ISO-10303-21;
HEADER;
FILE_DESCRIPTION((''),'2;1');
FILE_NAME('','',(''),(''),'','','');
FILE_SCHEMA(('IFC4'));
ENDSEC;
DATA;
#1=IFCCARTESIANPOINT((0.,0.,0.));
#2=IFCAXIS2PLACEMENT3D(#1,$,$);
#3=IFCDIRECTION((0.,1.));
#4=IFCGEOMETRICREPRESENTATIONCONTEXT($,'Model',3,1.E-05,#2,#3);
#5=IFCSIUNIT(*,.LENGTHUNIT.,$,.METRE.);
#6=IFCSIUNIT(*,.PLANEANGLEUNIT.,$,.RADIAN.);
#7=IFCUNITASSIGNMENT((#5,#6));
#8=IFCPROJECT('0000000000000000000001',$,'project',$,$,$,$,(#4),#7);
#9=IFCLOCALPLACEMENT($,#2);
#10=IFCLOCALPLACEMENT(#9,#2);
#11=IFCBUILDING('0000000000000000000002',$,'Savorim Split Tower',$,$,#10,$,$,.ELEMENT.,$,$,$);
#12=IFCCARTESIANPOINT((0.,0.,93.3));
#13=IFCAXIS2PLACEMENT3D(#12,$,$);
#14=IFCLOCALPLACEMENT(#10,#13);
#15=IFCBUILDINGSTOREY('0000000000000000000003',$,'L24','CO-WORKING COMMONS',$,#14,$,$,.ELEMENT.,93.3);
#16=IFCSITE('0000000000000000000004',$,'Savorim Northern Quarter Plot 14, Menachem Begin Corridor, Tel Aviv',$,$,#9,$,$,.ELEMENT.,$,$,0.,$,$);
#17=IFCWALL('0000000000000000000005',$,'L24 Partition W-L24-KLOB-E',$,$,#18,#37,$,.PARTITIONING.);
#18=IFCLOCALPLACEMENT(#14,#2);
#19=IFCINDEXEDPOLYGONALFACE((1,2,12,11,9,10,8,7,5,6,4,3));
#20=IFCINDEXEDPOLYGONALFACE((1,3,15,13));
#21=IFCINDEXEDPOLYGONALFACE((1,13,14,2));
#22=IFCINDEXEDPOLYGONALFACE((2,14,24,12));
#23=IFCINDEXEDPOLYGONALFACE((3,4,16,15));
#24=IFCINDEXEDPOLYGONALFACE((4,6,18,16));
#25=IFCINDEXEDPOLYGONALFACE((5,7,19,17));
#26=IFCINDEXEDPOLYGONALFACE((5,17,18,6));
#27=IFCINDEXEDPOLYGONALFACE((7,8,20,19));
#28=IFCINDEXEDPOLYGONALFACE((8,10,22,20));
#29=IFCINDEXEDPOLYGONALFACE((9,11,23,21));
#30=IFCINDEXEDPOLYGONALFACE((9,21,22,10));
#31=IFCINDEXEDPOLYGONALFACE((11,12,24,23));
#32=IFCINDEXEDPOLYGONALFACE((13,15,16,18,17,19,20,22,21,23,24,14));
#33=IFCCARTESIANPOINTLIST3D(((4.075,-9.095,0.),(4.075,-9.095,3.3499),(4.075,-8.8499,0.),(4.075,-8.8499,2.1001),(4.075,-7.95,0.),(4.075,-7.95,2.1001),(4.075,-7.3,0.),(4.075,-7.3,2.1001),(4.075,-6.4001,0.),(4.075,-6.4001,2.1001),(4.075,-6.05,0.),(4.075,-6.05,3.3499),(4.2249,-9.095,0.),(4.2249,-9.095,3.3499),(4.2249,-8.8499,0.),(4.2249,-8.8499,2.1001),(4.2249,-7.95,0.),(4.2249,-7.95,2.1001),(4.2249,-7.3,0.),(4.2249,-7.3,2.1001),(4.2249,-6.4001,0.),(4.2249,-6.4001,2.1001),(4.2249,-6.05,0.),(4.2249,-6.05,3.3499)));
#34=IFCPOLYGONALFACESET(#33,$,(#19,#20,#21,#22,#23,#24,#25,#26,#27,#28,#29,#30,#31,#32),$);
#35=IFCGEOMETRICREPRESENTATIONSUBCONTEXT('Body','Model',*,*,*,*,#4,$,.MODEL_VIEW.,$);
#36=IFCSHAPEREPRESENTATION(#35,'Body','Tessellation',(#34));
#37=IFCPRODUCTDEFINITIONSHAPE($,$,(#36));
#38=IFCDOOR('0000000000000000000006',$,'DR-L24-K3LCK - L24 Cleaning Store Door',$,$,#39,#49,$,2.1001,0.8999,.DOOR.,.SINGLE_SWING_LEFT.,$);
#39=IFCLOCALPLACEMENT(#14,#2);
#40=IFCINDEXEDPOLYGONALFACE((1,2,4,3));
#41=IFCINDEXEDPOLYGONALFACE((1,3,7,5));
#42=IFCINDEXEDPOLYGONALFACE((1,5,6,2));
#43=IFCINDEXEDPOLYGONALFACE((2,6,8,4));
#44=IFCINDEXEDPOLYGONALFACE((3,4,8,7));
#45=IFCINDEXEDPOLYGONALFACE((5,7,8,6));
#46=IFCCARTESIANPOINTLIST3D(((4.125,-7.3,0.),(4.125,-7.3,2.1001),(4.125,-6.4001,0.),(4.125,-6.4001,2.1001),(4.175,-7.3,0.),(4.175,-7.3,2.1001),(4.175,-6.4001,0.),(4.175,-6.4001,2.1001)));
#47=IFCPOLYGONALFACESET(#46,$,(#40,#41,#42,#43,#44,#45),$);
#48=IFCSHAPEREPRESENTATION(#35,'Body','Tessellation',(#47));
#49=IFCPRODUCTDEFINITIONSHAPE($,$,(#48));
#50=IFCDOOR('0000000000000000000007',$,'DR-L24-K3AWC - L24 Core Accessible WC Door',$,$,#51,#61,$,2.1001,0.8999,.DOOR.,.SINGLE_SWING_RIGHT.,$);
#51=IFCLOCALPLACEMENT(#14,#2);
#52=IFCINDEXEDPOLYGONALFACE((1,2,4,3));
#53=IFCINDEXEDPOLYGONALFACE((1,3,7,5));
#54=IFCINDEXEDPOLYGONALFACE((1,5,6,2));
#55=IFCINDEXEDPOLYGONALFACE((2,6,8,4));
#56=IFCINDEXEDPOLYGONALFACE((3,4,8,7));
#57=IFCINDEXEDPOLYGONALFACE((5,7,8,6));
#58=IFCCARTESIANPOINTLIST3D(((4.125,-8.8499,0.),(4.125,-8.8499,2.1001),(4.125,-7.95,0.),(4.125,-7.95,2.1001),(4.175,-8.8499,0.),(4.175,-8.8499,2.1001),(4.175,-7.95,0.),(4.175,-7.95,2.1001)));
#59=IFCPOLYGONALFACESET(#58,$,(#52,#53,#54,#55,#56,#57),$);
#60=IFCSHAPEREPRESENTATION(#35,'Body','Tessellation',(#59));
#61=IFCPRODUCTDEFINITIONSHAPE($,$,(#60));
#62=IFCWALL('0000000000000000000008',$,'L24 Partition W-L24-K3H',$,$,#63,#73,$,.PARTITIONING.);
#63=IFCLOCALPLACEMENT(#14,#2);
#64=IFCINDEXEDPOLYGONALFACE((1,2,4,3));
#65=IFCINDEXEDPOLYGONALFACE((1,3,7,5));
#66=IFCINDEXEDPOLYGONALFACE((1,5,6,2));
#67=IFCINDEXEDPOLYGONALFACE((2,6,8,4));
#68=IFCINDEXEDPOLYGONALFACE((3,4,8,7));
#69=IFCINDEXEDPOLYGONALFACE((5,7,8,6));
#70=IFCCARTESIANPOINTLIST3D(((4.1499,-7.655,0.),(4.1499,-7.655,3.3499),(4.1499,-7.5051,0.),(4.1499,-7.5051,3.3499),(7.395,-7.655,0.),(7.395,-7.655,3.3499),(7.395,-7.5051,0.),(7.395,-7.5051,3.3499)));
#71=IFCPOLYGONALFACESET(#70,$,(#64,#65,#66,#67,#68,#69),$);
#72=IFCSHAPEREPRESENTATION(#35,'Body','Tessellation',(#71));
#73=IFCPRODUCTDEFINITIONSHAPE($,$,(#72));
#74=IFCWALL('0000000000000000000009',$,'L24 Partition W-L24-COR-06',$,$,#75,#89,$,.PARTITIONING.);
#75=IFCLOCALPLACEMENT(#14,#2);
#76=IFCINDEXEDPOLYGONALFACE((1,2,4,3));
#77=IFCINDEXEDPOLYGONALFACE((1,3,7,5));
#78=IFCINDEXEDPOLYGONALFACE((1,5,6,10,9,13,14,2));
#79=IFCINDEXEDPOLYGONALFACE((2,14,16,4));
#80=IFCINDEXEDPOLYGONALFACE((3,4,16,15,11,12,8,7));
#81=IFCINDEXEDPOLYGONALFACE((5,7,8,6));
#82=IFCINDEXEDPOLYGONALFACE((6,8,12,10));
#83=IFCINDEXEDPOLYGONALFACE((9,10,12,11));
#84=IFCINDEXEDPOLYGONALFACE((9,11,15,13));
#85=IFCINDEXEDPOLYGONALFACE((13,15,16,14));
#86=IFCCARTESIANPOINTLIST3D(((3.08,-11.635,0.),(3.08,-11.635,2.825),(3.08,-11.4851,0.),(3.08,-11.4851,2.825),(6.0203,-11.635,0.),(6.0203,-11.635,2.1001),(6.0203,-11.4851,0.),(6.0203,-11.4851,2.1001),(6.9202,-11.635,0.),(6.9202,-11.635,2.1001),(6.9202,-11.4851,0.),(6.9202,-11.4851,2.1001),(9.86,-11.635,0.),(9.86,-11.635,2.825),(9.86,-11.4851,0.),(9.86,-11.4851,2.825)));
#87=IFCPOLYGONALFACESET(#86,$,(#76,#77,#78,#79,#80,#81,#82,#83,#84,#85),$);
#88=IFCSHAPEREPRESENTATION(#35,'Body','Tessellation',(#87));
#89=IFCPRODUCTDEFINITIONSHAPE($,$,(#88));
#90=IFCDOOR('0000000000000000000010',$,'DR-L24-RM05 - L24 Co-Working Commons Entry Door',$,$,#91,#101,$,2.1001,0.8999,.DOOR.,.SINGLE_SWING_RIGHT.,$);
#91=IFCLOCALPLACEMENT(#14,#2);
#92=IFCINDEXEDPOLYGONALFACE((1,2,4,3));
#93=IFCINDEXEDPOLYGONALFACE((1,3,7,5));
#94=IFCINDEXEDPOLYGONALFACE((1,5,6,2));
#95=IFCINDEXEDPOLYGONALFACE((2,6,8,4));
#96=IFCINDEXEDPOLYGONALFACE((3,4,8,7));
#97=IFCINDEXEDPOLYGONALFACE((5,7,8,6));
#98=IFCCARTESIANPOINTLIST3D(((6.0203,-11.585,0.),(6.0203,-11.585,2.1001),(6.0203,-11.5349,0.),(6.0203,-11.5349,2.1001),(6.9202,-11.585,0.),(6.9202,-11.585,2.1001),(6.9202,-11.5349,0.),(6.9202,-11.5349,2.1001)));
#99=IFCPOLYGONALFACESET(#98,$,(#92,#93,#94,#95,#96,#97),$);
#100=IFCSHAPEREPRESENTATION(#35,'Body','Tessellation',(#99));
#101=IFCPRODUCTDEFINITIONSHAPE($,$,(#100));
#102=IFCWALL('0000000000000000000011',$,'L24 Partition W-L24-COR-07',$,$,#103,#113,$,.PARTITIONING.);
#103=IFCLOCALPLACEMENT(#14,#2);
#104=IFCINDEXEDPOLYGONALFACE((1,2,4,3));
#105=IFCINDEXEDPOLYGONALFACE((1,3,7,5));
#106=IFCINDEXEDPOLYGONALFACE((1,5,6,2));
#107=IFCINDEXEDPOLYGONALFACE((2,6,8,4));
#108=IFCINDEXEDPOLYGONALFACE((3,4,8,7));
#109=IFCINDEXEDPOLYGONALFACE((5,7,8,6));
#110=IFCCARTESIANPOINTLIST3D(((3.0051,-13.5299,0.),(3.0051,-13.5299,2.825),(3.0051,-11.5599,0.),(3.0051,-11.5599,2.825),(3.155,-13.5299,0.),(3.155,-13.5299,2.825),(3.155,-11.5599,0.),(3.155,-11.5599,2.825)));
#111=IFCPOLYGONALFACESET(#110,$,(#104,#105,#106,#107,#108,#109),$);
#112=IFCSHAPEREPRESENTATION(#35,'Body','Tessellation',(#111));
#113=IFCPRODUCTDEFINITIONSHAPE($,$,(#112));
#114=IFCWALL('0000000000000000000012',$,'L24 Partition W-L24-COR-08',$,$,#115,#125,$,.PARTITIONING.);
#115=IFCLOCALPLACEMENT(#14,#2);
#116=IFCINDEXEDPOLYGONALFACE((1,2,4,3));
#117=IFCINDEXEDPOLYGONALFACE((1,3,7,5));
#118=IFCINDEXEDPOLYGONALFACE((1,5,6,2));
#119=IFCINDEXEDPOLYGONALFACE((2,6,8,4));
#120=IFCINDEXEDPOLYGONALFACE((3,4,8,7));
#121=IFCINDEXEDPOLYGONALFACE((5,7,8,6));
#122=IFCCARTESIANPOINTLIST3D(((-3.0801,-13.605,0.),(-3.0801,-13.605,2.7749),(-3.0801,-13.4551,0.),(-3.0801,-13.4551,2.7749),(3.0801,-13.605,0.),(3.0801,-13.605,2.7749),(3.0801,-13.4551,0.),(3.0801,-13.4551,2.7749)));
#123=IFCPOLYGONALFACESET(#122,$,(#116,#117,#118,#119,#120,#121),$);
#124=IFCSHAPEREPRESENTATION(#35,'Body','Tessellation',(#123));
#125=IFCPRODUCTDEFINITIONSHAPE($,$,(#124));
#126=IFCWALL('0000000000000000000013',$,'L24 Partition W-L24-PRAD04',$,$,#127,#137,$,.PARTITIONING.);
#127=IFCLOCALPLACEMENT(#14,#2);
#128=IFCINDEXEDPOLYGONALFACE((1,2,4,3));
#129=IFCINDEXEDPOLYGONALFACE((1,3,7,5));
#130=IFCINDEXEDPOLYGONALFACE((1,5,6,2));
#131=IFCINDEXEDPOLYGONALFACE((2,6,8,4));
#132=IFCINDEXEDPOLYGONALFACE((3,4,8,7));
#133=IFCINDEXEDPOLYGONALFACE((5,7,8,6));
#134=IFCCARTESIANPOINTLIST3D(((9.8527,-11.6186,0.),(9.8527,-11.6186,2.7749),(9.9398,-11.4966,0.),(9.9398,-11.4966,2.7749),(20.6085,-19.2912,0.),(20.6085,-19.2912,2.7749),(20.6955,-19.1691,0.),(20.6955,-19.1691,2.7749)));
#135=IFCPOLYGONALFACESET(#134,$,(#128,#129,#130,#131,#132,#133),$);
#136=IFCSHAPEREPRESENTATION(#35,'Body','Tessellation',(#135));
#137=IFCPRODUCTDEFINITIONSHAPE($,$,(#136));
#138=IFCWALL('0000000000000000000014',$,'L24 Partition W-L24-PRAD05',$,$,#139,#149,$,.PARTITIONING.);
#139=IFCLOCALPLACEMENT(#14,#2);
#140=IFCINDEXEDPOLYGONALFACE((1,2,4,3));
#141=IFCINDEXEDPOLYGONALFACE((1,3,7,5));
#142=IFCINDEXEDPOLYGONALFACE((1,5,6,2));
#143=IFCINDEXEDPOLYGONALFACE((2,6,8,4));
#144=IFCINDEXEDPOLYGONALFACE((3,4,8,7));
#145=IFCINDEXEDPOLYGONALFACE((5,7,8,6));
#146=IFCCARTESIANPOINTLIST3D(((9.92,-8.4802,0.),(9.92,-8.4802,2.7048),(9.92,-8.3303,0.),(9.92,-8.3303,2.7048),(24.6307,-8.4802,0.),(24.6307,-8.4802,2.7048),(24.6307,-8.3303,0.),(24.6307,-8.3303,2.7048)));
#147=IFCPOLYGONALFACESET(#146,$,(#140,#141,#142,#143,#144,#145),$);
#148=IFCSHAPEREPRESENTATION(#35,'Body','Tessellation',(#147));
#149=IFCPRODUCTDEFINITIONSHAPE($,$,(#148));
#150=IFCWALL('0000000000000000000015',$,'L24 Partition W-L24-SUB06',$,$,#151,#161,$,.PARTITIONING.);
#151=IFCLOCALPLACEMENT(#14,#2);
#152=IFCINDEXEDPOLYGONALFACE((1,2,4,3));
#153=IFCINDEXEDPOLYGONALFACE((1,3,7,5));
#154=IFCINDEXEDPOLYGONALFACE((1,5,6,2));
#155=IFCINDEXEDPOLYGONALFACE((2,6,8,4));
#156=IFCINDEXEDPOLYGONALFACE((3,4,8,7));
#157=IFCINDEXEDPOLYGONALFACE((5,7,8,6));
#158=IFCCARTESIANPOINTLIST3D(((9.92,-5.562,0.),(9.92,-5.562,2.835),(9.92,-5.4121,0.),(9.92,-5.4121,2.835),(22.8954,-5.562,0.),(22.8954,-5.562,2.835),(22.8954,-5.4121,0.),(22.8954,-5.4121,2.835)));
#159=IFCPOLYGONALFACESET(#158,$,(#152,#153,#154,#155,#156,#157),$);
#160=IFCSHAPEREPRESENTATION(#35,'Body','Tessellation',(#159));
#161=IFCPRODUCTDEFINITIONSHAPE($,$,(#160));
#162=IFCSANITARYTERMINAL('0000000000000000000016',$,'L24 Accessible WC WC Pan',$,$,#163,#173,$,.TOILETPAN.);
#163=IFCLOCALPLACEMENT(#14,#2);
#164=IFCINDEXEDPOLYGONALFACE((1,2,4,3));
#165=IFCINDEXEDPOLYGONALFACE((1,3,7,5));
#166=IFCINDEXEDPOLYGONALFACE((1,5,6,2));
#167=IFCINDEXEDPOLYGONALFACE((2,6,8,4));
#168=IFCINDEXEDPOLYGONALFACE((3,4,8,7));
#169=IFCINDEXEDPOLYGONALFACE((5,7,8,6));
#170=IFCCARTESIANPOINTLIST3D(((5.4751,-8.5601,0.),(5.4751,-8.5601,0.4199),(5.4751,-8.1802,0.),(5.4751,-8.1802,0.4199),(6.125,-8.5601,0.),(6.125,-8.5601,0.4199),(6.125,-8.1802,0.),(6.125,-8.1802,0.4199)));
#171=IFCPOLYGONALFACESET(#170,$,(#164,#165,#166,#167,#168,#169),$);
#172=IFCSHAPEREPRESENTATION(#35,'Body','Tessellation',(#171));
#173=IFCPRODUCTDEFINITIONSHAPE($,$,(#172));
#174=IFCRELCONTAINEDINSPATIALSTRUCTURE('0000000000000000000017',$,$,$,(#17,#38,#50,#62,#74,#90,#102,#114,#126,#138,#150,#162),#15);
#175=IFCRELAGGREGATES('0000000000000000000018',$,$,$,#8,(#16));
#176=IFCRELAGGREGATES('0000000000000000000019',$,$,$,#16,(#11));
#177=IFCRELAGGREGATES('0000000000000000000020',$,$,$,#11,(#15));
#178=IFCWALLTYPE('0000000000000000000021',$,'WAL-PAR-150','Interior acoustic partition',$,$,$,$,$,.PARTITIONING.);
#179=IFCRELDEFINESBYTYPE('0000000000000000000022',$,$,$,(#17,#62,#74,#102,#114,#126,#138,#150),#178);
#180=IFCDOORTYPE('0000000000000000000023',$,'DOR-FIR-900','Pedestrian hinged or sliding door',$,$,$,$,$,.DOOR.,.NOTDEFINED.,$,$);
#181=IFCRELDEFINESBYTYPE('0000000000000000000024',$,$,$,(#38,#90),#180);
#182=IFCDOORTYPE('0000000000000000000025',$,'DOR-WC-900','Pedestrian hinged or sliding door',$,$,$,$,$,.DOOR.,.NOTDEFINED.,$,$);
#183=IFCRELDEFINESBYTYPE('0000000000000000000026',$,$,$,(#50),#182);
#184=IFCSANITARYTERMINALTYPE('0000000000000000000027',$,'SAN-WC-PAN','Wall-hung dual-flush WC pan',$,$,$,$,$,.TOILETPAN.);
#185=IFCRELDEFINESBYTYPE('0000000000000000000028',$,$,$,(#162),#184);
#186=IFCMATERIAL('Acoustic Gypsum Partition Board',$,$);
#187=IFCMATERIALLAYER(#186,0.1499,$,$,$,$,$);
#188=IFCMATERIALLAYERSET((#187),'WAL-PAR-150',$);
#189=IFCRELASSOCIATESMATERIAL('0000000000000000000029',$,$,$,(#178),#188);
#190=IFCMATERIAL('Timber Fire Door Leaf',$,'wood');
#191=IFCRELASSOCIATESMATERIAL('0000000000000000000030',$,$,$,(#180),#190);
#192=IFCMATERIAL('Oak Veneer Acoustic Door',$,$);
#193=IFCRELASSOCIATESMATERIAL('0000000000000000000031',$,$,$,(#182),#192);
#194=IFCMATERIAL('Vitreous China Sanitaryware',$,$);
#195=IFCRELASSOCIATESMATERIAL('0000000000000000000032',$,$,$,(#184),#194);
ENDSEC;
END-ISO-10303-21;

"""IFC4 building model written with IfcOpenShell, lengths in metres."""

from ifc_helpers import new_model, si_unit, direction, frame, frame_2d, origin, origin_2d, place, context, subcontext, project, spatial, rectangle, extrude, material, layer, layer_set, type_object, element, fill, save


model = new_model("IFC4")

# Units and contexts
model_context = context("Model", 3, precision=1e-05, world=origin(), true_north=direction((0.0, 1.0)))
body_context = subcontext(model_context, "Body", "Model", "MODEL_VIEW")
ifc_project = project(units=[si_unit("LENGTHUNIT", "METRE"), si_unit("PLANEANGLEUNIT", "RADIAN")], contexts=[model_context])

# Site, building, storey
site_placement = place(None, origin())
site = spatial("IfcSite", under=ifc_project, at=site_placement, Name="Savorim Northern Quarter Plot 14, Menachem Begin Corridor, Tel Aviv", CompositionType="ELEMENT", RefElevation=0.0)
building_placement = place(site_placement, origin())
building = spatial("IfcBuilding", under=site, at=building_placement, Name="Savorim Split Tower", CompositionType="ELEMENT")
storey_placement = place(building_placement, frame((0.0, 0.0, 93.3)))
storey = spatial("IfcBuildingStorey", under=building, at=storey_placement, Name="L24", Description="CO-WORKING COMMONS", CompositionType="ELEMENT", Elevation=93.3)

# Shared definitions
ifc_material_1 = material(Name="Acoustic Gypsum Partition Board")
ifc_layer_1 = layer(ifc_material_1, 0.1499)
ifc_layer_set_1 = layer_set([ifc_layer_1], Name="WAL-PAR-150")
wall_type_1 = type_object("IfcWallType", Name="WAL-PAR-150", Description="Interior acoustic partition", PredefinedType="PARTITIONING", material=ifc_layer_set_1)

# Wall, openings, doors
wall_1_placement = place(storey_placement, frame((4.1499, -9.095, 0.0), z_axis=(0.0, 0.0, 1.0), x_axis=(0.0, 1.0, 0.0)))
wall_1 = element("IfcWall", 1, at=wall_1_placement, inside=storey, type_object=wall_type_1, Name="L24 Partition W-L24-KLOB-E", PredefinedType="PARTITIONING", context=body_context, shape_type="SweptSolid", body=[
    extrude(rectangle(XDim=3.0449, YDim=0.1499, at=frame_2d((1.5225, 0.0))), origin(), (0.0, 0.0, 1.0), 3.3499),
])
opening_1_placement = place(wall_1_placement, frame((0.2451, 0.0, 0.0)))
opening_1 = element("IfcOpeningElement", 2, at=opening_1_placement, cuts=wall_1, PredefinedType="OPENING", context=body_context, shape_type="SweptSolid", body=[
    extrude(rectangle(XDim=0.8999, YDim=2.1001, at=frame_2d((0.45, 1.05))), frame((0.0, 0.085, 0.0), z_axis=(0.0, -1.0, 0.0), x_axis=(1.0, 0.0, 0.0)), (0.0, 0.0, 1.0), 0.1699),
])
opening_2_placement = place(wall_1_placement, frame((1.7949, 0.0, 0.0)))
opening_2 = element("IfcOpeningElement", 3, at=opening_2_placement, cuts=wall_1, PredefinedType="OPENING", context=body_context, shape_type="SweptSolid", body=[
    extrude(rectangle(XDim=0.8999, YDim=2.1001, at=frame_2d((0.45, 1.05))), frame((0.0, 0.085, 0.0), z_axis=(0.0, -1.0, 0.0), x_axis=(1.0, 0.0, 0.0)), (0.0, 0.0, 1.0), 0.1699),
])
ifc_material_2 = material(Name="Timber Fire Door Leaf", Category="wood")
door_type_1 = type_object("IfcDoorType", Name="DOR-FIR-900", Description="Pedestrian hinged or sliding door", OperationType="NOTDEFINED", PredefinedType="DOOR", material=ifc_material_2)
door_1_placement = place(opening_2_placement, origin())
door_1 = element("IfcDoor", 4, at=door_1_placement, inside=storey, type_object=door_type_1, Name="DR-L24-K3LCK - L24 Cleaning Store Door", OperationType="SINGLE_SWING_LEFT", OverallHeight=2.1001, OverallWidth=0.8999, PredefinedType="DOOR", context=body_context, shape_type="SweptSolid", body=[
    extrude(rectangle(XDim=0.8999, YDim=2.1001, at=frame_2d((0.45, 1.05))), frame((0.0, 0.0249, 0.0), z_axis=(0.0, -1.0, 0.0), x_axis=(1.0, 0.0, 0.0)), (0.0, 0.0, 1.0), 0.05),
])
fill(opening_2, door_1)
ifc_material_3 = material(Name="Oak Veneer Acoustic Door")
door_type_2 = type_object("IfcDoorType", Name="DOR-WC-900", Description="Pedestrian hinged or sliding door", OperationType="NOTDEFINED", PredefinedType="DOOR", material=ifc_material_3)
door_2_placement = place(opening_1_placement, origin())
door_2 = element("IfcDoor", 5, at=door_2_placement, inside=storey, type_object=door_type_2, Name="DR-L24-K3AWC - L24 Core Accessible WC Door", OperationType="SINGLE_SWING_RIGHT", OverallHeight=2.1001, OverallWidth=0.8999, PredefinedType="DOOR", context=body_context, shape_type="SweptSolid", body=[
    extrude(rectangle(XDim=0.8999, YDim=2.1001, at=frame_2d((0.45, 1.05))), frame((0.0, 0.0249, 0.0), z_axis=(0.0, -1.0, 0.0), x_axis=(1.0, 0.0, 0.0)), (0.0, 0.0, 1.0), 0.05),
])
fill(opening_1, door_2)

# Wall
wall_2_placement = place(storey_placement, frame((4.1499, -7.5801, 0.0), z_axis=(0.0, 0.0, 1.0), x_axis=(1.0, 0.0, 0.0)))
element("IfcWall", 6, at=wall_2_placement, inside=storey, type_object=wall_type_1, Name="L24 Partition W-L24-K3H", PredefinedType="PARTITIONING", context=body_context, shape_type="SweptSolid", body=[
    extrude(rectangle(XDim=3.2451, YDim=0.1499, at=frame_2d((1.6226, 0.0))), origin(), (0.0, 0.0, 1.0), 3.3499),
])

# Wall, opening, door
wall_3_placement = place(storey_placement, frame((9.8601, -11.5601, 0.0), z_axis=(0.0, 0.0, 1.0), x_axis=(-1.0, 0.0, 0.0)))
wall_3 = element("IfcWall", 7, at=wall_3_placement, inside=storey, type_object=wall_type_1, Name="L24 Partition W-L24-COR-06", PredefinedType="PARTITIONING", context=body_context, shape_type="SweptSolid", body=[
    extrude(rectangle(XDim=6.78, YDim=0.1499, at=frame_2d((3.3901, 0.0))), origin(), (0.0, 0.0, 1.0), 2.825),
])
opening_3_placement = place(wall_3_placement, frame((2.9399, 0.0, 0.0)))
opening_3 = element("IfcOpeningElement", 8, at=opening_3_placement, cuts=wall_3, PredefinedType="OPENING", context=body_context, shape_type="SweptSolid", body=[
    extrude(rectangle(XDim=0.8999, YDim=2.1001, at=frame_2d((0.45, 1.05))), frame((0.0, 0.085, 0.0), z_axis=(0.0, -1.0, 0.0), x_axis=(1.0, 0.0, 0.0)), (0.0, 0.0, 1.0), 0.1699),
])
door_3_placement = place(opening_3_placement, origin())
door_3 = element("IfcDoor", 9, at=door_3_placement, inside=storey, type_object=door_type_1, Name="DR-L24-RM05 - L24 Co-Working Commons Entry Door", OperationType="SINGLE_SWING_RIGHT", OverallHeight=2.1001, OverallWidth=0.8999, PredefinedType="DOOR", context=body_context, shape_type="SweptSolid", body=[
    extrude(rectangle(XDim=0.8999, YDim=2.1001, at=frame_2d((0.45, 1.05))), frame((0.0, 0.0249, 0.0), z_axis=(0.0, -1.0, 0.0), x_axis=(1.0, 0.0, 0.0)), (0.0, 0.0, 1.0), 0.05),
])
fill(opening_3, door_3)

# Walls
wall_4_placement = place(storey_placement, frame((3.0801, -11.5601, 0.0), z_axis=(0.0, 0.0, 1.0), x_axis=(0.0, -1.0, 0.0)))
element("IfcWall", 10, at=wall_4_placement, inside=storey, type_object=wall_type_1, Name="L24 Partition W-L24-COR-07", PredefinedType="PARTITIONING", context=body_context, shape_type="SweptSolid", body=[
    extrude(rectangle(XDim=1.97, YDim=0.1499, at=frame_2d((0.9849, 0.0))), origin(), (0.0, 0.0, 1.0), 2.825),
])
wall_5_placement = place(storey_placement, frame((3.0801, -13.53, 0.0), z_axis=(0.0, 0.0, 1.0), x_axis=(-1.0, 0.0, 0.0)))
element("IfcWall", 11, at=wall_5_placement, inside=storey, type_object=wall_type_1, Name="L24 Partition W-L24-COR-08", PredefinedType="PARTITIONING", context=body_context, shape_type="SweptSolid", body=[
    extrude(rectangle(XDim=6.1602, YDim=0.1499, at=frame_2d((3.0801, 0.0))), origin(), (0.0, 0.0, 1.0), 2.7749),
])
wall_6_placement = place(storey_placement, frame((9.8962, -11.5576, 0.0), z_axis=(0.0, 0.0, 1.0), x_axis=(0.814097, -0.580729, 0.0)))
element("IfcWall", 12, at=wall_6_placement, inside=storey, type_object=wall_type_1, Name="L24 Partition W-L24-PRAD04", PredefinedType="PARTITIONING", context=body_context, shape_type="SweptSolid", body=[
    extrude(rectangle(XDim=13.2119, YDim=0.1499, at=frame_2d((6.606, 0.0))), origin(), (0.0, 0.0, 1.0), 2.7749),
])
wall_7_placement = place(storey_placement, frame((9.9199, -8.4053, 0.0), z_axis=(0.0, 0.0, 1.0), x_axis=(1.0, 0.0, 0.0)))
element("IfcWall", 13, at=wall_7_placement, inside=storey, type_object=wall_type_1, Name="L24 Partition W-L24-PRAD05", PredefinedType="PARTITIONING", context=body_context, shape_type="SweptSolid", body=[
    extrude(rectangle(XDim=14.7107, YDim=0.1499, at=frame_2d((7.3555, 0.0))), origin(), (0.0, 0.0, 1.0), 2.7048),
])
wall_8_placement = place(storey_placement, frame((9.9199, -5.4871, 0.0), z_axis=(0.0, 0.0, 1.0), x_axis=(1.0, 0.0, 0.0)))
element("IfcWall", 14, at=wall_8_placement, inside=storey, type_object=wall_type_1, Name="L24 Partition W-L24-SUB06", PredefinedType="PARTITIONING", context=body_context, shape_type="SweptSolid", body=[
    extrude(rectangle(XDim=12.9753, YDim=0.1499, at=frame_2d((6.4878, 0.0))), origin(), (0.0, 0.0, 1.0), 2.835),
])

# Sanitary terminal
ifc_material_4 = material(Name="Vitreous China Sanitaryware")
sanitary_terminal_type_1 = type_object("IfcSanitaryTerminalType", Name="SAN-WC-PAN", Description="Wall-hung dual-flush WC pan", PredefinedType="TOILETPAN", material=ifc_material_4)
sanitary_terminal_1_placement = place(storey_placement, frame((5.8, -8.3701, 0.0), z_axis=(0.0, 0.0, 1.0), x_axis=(1.0, 0.0, 0.0)))
element("IfcSanitaryTerminal", 15, at=sanitary_terminal_1_placement, inside=storey, type_object=sanitary_terminal_type_1, Name="L24 Accessible WC WC Pan", PredefinedType="TOILETPAN", context=body_context, shape_type="SweptSolid", body=[
    extrude(rectangle(XDim=0.6499, YDim=0.3799, at=origin_2d()), origin(), (0.0, 0.0, 1.0), 0.4199),
])

save(model, "model.ifc")
